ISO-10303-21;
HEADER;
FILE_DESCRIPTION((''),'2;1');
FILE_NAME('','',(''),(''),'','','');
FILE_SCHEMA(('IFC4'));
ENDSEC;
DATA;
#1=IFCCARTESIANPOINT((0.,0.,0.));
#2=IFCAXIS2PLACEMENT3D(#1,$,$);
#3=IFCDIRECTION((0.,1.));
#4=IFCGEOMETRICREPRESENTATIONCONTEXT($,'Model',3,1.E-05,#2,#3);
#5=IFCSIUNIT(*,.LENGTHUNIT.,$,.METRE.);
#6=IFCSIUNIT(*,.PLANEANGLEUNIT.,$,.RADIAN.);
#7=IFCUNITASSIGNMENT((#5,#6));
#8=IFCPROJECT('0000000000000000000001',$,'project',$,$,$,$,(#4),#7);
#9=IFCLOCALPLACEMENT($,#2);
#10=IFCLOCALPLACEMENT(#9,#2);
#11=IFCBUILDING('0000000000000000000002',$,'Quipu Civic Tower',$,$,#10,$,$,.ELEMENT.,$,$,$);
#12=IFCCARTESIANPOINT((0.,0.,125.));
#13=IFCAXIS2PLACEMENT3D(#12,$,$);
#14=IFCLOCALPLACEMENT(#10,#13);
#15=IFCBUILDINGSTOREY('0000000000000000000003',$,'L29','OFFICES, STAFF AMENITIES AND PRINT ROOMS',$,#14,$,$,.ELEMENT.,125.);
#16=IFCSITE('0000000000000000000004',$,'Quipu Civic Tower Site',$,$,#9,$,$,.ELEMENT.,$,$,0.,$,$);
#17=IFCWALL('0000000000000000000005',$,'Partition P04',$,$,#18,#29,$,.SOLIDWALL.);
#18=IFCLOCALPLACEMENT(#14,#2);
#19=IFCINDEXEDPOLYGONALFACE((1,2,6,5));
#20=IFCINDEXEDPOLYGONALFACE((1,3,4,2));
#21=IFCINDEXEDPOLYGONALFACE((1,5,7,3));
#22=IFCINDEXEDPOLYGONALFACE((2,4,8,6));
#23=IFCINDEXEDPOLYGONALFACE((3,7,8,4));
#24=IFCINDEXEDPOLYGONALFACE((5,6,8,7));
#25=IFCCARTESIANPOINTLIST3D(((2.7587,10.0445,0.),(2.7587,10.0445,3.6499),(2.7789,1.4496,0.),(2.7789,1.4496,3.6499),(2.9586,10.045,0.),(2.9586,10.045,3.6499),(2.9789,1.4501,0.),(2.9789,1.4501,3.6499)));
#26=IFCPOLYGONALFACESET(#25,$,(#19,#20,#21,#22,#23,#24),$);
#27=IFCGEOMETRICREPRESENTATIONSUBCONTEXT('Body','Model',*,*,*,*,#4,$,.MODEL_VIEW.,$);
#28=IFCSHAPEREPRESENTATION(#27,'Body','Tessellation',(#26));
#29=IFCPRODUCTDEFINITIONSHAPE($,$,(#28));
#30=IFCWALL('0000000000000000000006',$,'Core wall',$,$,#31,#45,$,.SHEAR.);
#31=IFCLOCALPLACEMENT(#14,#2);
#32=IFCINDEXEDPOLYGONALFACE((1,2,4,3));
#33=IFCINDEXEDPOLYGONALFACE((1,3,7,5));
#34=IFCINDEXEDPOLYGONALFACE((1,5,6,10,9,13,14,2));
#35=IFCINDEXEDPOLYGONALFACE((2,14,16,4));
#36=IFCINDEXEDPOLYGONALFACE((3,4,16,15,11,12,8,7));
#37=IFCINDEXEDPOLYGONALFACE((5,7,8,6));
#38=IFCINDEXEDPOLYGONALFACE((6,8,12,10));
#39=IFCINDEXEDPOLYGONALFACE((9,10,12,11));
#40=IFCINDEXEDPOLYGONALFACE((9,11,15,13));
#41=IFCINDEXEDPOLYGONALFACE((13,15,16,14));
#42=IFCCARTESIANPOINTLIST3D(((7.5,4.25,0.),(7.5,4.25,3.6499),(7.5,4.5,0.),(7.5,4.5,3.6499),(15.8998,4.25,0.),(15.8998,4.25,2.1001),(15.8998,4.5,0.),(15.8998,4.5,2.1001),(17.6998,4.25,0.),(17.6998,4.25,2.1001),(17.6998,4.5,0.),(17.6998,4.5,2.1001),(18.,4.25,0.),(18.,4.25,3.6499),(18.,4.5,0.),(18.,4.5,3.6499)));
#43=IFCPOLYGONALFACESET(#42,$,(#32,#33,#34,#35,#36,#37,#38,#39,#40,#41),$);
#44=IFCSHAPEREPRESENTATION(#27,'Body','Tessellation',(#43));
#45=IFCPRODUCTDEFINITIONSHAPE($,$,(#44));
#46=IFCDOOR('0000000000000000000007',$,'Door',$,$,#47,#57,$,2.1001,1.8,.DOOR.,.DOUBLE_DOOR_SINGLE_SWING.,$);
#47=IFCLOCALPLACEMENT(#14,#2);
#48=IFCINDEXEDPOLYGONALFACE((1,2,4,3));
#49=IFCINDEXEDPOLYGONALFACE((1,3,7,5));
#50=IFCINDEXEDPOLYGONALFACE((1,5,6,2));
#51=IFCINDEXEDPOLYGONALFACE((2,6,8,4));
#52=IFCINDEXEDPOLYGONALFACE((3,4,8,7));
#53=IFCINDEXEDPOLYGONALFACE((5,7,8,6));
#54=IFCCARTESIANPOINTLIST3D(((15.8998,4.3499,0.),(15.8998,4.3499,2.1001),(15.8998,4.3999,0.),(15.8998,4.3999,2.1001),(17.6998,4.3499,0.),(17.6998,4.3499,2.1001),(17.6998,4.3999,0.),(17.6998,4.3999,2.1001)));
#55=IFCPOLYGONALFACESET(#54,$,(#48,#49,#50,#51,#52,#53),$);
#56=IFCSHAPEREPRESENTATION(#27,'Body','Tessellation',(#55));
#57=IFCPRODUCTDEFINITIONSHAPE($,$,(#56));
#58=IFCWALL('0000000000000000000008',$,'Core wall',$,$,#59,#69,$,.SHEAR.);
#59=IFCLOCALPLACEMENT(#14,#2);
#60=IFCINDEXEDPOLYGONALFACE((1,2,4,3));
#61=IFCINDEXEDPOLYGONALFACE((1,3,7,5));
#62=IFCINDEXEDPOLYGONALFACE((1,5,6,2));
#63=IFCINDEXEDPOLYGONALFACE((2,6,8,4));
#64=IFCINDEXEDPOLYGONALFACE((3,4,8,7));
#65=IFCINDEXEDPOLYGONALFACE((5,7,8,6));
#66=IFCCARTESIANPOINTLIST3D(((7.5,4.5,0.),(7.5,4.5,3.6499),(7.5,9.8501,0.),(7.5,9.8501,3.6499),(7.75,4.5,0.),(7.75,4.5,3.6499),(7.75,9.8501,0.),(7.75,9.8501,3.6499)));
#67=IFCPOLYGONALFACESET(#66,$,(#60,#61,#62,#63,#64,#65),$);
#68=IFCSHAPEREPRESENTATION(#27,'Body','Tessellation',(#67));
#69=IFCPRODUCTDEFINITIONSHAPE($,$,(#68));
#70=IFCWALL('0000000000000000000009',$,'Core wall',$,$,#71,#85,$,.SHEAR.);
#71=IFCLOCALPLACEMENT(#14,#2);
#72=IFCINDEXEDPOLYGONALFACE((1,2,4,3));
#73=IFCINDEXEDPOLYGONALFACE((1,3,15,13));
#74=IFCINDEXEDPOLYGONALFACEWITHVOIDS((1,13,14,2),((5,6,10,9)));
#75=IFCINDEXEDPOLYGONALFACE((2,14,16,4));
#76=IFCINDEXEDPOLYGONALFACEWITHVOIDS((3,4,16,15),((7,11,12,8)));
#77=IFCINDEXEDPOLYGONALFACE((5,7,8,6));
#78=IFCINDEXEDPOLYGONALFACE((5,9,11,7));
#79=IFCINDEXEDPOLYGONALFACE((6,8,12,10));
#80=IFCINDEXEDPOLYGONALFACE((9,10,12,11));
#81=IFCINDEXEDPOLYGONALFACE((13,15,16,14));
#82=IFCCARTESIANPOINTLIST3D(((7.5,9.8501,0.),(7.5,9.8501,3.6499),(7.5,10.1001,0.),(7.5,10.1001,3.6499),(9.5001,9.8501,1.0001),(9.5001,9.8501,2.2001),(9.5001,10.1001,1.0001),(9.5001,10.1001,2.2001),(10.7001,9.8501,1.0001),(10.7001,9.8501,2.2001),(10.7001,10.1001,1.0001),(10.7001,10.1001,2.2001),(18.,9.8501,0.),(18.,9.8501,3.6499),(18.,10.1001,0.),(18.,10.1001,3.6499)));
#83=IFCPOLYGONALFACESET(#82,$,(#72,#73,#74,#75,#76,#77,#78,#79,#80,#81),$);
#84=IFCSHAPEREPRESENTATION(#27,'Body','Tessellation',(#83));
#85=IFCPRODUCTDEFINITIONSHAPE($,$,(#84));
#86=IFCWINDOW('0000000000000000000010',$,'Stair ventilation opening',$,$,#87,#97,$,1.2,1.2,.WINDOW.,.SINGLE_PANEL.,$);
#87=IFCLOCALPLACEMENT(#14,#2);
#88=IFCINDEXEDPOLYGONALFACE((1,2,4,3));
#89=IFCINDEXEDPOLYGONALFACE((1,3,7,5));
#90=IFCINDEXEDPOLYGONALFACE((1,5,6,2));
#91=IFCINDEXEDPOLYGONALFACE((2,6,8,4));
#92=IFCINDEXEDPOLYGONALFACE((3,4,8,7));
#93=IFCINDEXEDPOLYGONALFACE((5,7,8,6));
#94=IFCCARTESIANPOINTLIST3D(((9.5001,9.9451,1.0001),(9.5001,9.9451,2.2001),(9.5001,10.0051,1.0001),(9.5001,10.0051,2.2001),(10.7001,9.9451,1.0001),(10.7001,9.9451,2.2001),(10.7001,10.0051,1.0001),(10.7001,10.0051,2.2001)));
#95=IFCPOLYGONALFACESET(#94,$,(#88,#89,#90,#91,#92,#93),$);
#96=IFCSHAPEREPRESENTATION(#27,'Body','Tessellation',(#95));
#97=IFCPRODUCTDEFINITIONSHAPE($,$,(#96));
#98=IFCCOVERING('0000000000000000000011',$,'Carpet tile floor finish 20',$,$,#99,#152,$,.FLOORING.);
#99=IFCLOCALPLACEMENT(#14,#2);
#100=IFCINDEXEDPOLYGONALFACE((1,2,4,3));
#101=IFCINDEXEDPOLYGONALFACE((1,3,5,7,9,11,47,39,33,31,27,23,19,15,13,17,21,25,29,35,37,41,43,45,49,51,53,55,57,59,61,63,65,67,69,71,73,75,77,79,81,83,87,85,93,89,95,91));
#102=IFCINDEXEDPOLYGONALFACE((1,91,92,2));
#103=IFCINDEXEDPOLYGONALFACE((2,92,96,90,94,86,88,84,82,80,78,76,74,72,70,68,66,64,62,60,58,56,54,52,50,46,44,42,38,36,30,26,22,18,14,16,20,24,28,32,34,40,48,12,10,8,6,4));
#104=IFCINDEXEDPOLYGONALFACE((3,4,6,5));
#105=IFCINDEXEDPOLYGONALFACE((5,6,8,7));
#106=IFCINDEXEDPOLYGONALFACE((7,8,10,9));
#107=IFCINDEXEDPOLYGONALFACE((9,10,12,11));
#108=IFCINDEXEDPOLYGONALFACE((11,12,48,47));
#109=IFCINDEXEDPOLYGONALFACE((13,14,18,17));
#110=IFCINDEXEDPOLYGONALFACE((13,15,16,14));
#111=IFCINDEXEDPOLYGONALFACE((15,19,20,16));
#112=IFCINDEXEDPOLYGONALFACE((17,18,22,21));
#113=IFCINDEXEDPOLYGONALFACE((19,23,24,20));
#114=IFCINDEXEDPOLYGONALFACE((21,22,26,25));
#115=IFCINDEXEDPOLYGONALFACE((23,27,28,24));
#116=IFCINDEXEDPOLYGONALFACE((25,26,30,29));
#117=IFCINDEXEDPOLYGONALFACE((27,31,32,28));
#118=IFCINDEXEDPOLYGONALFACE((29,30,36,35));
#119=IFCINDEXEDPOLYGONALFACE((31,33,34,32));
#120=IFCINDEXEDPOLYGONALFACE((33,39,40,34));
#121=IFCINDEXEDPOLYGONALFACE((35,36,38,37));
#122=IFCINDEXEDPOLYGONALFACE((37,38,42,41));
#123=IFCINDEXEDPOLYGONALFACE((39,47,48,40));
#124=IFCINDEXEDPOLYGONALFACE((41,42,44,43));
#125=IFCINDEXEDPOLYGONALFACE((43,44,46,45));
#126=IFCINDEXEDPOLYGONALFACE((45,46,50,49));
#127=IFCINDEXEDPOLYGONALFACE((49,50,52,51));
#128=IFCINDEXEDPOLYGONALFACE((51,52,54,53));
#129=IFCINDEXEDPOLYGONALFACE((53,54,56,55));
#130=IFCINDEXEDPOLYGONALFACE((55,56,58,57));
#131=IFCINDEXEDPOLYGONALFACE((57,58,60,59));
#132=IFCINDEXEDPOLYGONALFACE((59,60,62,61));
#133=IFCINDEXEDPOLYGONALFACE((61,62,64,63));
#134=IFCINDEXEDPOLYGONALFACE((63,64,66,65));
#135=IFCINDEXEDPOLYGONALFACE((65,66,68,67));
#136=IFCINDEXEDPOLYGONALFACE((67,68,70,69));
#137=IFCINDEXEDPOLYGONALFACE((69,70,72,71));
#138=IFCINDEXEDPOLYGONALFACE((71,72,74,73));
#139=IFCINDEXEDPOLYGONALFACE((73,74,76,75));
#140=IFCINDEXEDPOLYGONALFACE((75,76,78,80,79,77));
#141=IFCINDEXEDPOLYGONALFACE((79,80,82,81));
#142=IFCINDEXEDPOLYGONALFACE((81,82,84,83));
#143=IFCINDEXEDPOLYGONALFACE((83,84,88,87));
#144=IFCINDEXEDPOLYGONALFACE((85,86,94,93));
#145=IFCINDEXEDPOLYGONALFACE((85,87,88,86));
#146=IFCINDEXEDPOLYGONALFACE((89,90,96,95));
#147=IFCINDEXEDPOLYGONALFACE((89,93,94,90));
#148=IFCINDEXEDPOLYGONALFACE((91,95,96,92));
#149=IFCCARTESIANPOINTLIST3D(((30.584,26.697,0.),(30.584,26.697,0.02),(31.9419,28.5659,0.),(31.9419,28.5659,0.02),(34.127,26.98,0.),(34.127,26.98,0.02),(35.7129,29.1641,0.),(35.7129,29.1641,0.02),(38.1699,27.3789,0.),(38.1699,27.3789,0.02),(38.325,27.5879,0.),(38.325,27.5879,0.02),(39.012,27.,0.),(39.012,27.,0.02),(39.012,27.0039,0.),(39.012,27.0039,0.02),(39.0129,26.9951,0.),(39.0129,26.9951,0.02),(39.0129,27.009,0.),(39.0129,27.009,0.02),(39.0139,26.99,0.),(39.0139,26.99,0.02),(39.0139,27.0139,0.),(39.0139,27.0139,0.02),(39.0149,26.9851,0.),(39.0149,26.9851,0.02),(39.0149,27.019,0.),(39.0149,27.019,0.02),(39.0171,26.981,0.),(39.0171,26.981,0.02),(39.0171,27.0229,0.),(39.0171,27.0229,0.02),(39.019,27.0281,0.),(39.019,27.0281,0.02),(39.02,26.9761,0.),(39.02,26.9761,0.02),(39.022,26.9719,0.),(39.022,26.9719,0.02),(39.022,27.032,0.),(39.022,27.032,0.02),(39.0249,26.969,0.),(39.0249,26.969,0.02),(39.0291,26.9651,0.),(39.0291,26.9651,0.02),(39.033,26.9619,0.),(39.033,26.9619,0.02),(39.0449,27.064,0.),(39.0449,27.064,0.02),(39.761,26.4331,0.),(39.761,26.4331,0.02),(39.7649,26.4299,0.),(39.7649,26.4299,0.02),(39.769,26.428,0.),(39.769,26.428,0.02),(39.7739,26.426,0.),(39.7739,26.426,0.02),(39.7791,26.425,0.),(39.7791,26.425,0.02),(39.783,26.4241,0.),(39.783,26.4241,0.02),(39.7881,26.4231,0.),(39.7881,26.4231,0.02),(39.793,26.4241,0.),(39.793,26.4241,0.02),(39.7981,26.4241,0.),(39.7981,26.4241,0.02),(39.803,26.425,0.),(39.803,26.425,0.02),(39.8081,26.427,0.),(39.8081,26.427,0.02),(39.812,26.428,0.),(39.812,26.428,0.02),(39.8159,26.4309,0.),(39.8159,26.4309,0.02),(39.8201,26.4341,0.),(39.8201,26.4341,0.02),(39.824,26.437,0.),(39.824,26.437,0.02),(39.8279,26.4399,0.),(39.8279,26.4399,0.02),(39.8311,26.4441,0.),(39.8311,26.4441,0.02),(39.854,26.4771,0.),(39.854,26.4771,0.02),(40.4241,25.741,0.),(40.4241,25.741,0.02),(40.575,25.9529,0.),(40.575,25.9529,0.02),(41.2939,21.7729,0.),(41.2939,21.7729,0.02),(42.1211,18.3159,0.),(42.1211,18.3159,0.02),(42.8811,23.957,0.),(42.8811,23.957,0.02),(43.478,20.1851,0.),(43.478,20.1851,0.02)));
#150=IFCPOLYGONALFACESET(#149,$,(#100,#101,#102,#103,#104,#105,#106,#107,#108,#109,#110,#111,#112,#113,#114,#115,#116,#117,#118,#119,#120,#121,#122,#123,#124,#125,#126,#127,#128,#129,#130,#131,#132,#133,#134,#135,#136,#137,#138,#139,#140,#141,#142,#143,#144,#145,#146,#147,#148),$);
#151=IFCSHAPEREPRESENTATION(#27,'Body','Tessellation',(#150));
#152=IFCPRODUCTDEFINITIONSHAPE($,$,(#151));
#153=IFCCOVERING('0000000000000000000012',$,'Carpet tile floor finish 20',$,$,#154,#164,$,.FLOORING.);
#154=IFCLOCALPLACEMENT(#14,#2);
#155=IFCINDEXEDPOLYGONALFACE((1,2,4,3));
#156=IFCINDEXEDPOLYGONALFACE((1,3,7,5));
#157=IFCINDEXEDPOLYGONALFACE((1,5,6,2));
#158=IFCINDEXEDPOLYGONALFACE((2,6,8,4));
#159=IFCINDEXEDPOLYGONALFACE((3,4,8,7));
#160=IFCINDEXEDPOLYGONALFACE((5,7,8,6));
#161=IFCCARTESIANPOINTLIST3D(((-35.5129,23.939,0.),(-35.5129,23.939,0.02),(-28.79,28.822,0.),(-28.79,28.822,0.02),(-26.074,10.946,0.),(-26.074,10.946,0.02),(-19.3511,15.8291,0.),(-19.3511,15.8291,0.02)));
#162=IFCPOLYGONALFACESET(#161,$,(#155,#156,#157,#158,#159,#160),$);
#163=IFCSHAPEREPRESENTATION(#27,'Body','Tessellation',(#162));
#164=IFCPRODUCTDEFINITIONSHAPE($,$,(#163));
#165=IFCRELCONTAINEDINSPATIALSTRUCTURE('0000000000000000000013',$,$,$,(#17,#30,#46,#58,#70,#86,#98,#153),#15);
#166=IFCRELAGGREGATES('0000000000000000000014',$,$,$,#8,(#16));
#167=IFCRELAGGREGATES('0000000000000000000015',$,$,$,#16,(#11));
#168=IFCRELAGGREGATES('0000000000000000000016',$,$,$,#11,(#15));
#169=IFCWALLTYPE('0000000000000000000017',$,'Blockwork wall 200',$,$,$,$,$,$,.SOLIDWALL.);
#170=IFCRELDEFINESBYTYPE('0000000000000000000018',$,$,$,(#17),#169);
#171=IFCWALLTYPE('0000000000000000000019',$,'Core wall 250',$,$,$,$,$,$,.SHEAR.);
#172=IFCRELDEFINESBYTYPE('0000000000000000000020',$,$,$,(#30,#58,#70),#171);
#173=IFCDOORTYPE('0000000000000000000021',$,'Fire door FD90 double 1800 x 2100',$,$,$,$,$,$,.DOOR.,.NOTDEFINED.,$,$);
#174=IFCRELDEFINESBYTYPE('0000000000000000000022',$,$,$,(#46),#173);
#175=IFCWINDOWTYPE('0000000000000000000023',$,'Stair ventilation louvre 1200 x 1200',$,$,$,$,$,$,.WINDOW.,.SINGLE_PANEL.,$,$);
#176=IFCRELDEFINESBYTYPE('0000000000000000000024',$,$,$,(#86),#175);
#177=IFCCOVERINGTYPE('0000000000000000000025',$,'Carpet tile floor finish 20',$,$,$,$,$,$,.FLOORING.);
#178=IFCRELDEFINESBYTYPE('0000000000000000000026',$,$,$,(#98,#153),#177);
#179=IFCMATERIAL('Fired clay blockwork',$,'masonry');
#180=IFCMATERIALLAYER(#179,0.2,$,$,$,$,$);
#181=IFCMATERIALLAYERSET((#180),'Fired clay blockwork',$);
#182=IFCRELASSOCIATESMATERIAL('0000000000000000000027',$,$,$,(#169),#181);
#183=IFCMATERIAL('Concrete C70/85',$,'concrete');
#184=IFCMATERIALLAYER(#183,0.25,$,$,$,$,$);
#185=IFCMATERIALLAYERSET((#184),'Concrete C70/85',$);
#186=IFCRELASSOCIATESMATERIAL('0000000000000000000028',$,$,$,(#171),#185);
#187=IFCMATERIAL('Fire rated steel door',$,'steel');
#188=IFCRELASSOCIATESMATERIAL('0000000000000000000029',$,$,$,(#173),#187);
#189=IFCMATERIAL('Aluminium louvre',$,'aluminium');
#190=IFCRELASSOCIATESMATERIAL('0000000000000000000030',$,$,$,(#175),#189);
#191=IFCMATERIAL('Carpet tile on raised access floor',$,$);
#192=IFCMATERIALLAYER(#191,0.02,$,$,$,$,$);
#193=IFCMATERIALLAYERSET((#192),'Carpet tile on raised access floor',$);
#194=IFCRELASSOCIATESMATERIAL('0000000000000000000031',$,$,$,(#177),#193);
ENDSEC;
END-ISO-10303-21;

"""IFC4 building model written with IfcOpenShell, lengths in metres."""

from ifc_helpers import new_model, si_unit, direction, frame, frame_2d, origin, place, context, subcontext, project, spatial, polyline, rectangle, outline, extrude, material, layer, layer_set, type_object, element, fill, save


model = new_model("IFC4")

# Units and contexts
model_context = context("Model", 3, precision=1e-05, world=origin(), true_north=direction((0.0, 1.0)))
body_context = subcontext(model_context, "Body", "Model", "MODEL_VIEW")
ifc_project = project(units=[si_unit("LENGTHUNIT", "METRE"), si_unit("PLANEANGLEUNIT", "RADIAN")], contexts=[model_context])

# Site, building, storey
site_placement = place(None, origin())
site = spatial("IfcSite", under=ifc_project, at=site_placement, Name="Quipu Civic Tower Site", CompositionType="ELEMENT", RefElevation=0.0)
building_placement = place(site_placement, origin())
building = spatial("IfcBuilding", under=site, at=building_placement, Name="Quipu Civic Tower", CompositionType="ELEMENT")
storey_placement = place(building_placement, frame((0.0, 0.0, 125.0)))
storey = spatial("IfcBuildingStorey", under=building, at=storey_placement, Name="L29", Description="OFFICES, STAFF AMENITIES AND PRINT ROOMS", CompositionType="ELEMENT", Elevation=125.0)

# Wall
ifc_material_1 = material(Name="Fired clay blockwork", Category="masonry")
ifc_layer_1 = layer(ifc_material_1, 0.2)
ifc_layer_set_1 = layer_set([ifc_layer_1], Name="Fired clay blockwork")
wall_type_1 = type_object("IfcWallType", Name="Blockwork wall 200", PredefinedType="SOLIDWALL", material=ifc_layer_set_1)
wall_1_placement = place(storey_placement, frame((2.8789, 1.45, 0.0), z_axis=(0.0, 0.0, 1.0), x_axis=(-0.002358, 0.999997, 0.0)))
element("IfcWall", 1, at=wall_1_placement, inside=storey, type_object=wall_type_1, Name="Partition P04", PredefinedType="SOLIDWALL", context=body_context, shape_type="SweptSolid", body=[
    extrude(rectangle(XDim=8.595, YDim=0.2, at=frame_2d((4.2974, 0.0))), origin(), (0.0, 0.0, 1.0), 3.6499),
])

# Wall, opening, door
ifc_material_2 = material(Name="Concrete C70/85", Category="concrete")
ifc_layer_2 = layer(ifc_material_2, 0.25)
ifc_layer_set_2 = layer_set([ifc_layer_2], Name="Concrete C70/85")
wall_type_2 = type_object("IfcWallType", Name="Core wall 250", PredefinedType="SHEAR", material=ifc_layer_set_2)
wall_2_placement = place(storey_placement, frame((7.5, 4.375, 0.0), z_axis=(0.0, 0.0, 1.0), x_axis=(1.0, 0.0, 0.0)))
wall_2 = element("IfcWall", 2, at=wall_2_placement, inside=storey, type_object=wall_type_2, Name="Core wall", PredefinedType="SHEAR", context=body_context, shape_type="SweptSolid", body=[
    extrude(rectangle(XDim=10.5, YDim=0.25, at=frame_2d((5.25, 0.0))), origin(), (0.0, 0.0, 1.0), 3.6499),
])
opening_1_placement = place(wall_2_placement, frame((8.3999, 0.0, 0.0)))
opening_1 = element("IfcOpeningElement", 3, at=opening_1_placement, cuts=wall_2, PredefinedType="OPENING", context=body_context, shape_type="SweptSolid", body=[
    extrude(rectangle(XDim=1.8, YDim=2.1001, at=frame_2d((0.8999, 1.05))), frame((0.0, 0.135, 0.0), z_axis=(0.0, -1.0, 0.0), x_axis=(1.0, 0.0, 0.0)), (0.0, 0.0, 1.0), 0.27),
])
ifc_material_3 = material(Name="Fire rated steel door", Category="steel")
door_type = type_object("IfcDoorType", Name="Fire door FD90 double 1800 x 2100", OperationType="NOTDEFINED", PredefinedType="DOOR", material=ifc_material_3)
door_placement = place(opening_1_placement, origin())
door = element("IfcDoor", 4, at=door_placement, inside=storey, type_object=door_type, Name="Door", OperationType="DOUBLE_DOOR_SINGLE_SWING", OverallHeight=2.1001, OverallWidth=1.8, PredefinedType="DOOR", context=body_context, shape_type="SweptSolid", body=[
    extrude(rectangle(XDim=1.8, YDim=2.1001, at=frame_2d((0.8999, 1.05))), frame((0.0, 0.0249, 0.0), z_axis=(0.0, -1.0, 0.0), x_axis=(1.0, 0.0, 0.0)), (0.0, 0.0, 1.0), 0.05),
])
fill(opening_1, door)

# Wall
wall_3_placement = place(storey_placement, frame((7.625, 4.5, 0.0), z_axis=(0.0, 0.0, 1.0), x_axis=(0.0, 1.0, 0.0)))
element("IfcWall", 5, at=wall_3_placement, inside=storey, type_object=wall_type_2, Name="Core wall", PredefinedType="SHEAR", context=body_context, shape_type="SweptSolid", body=[
    extrude(rectangle(XDim=5.3501, YDim=0.25, at=frame_2d((2.675, 0.0))), origin(), (0.0, 0.0, 1.0), 3.6499),
])

# Wall, opening, window
wall_4_placement = place(storey_placement, frame((7.5, 9.9751, 0.0), z_axis=(0.0, 0.0, 1.0), x_axis=(1.0, 0.0, 0.0)))
wall_4 = element("IfcWall", 6, at=wall_4_placement, inside=storey, type_object=wall_type_2, Name="Core wall", PredefinedType="SHEAR", context=body_context, shape_type="SweptSolid", body=[
    extrude(rectangle(XDim=10.5, YDim=0.25, at=frame_2d((5.25, 0.0))), origin(), (0.0, 0.0, 1.0), 3.6499),
])
opening_2_placement = place(wall_4_placement, frame((2.0, 0.0, 1.0)))
opening_2 = element("IfcOpeningElement", 7, at=opening_2_placement, cuts=wall_4, PredefinedType="OPENING", context=body_context, shape_type="SweptSolid", body=[
    extrude(rectangle(XDim=1.2, YDim=1.2, at=frame_2d((0.6001, 0.6001))), frame((0.0, 0.135, 0.0), z_axis=(0.0, -1.0, 0.0), x_axis=(1.0, 0.0, 0.0)), (0.0, 0.0, 1.0), 0.27),
])
ifc_material_4 = material(Name="Aluminium louvre", Category="aluminium")
window_type = type_object("IfcWindowType", Name="Stair ventilation louvre 1200 x 1200", PartitioningType="SINGLE_PANEL", PredefinedType="WINDOW", material=ifc_material_4)
window_placement = place(opening_2_placement, origin())
window = element("IfcWindow", 8, at=window_placement, inside=storey, type_object=window_type, Name="Stair ventilation opening", OverallHeight=1.2, OverallWidth=1.2, PartitioningType="SINGLE_PANEL", PredefinedType="WINDOW", context=body_context, shape_type="SweptSolid", body=[
    extrude(rectangle(XDim=1.2, YDim=1.2, at=frame_2d((0.6001, 0.6001))), frame((0.0, 0.03, 0.0), z_axis=(0.0, -1.0, 0.0), x_axis=(1.0, 0.0, 0.0)), (0.0, 0.0, 1.0), 0.0601),
])
fill(opening_2, window)

# Coverings
ifc_material_5 = material(Name="Carpet tile on raised access floor")
ifc_layer_3 = layer(ifc_material_5, 0.02)
ifc_layer_set_3 = layer_set([ifc_layer_3], Name="Carpet tile on raised access floor")
covering_type_1 = type_object("IfcCoveringType", Name="Carpet tile floor finish 20", PredefinedType="FLOORING", material=ifc_layer_set_3)
covering_1_placement = place(storey_placement, origin())
element("IfcCovering", 9, at=covering_1_placement, inside=storey, type_object=covering_type_1, Name="Carpet tile floor finish 20", PredefinedType="FLOORING", context=body_context, shape_type="SweptSolid", body=[
    extrude(outline(polyline([(30.584, 26.697), (31.9419, 28.5659), (34.127, 26.98), (35.7129, 29.1641), (38.1699, 27.3789), (38.325, 27.5879), (39.0449, 27.064), (39.022, 27.032), (39.019, 27.0281), (39.0171, 27.0229), (39.0149, 27.019), (39.0139, 27.0139), (39.0129, 27.009), (39.012, 27.0039), (39.012, 27.0), (39.0129, 26.9951), (39.0139, 26.99), (39.0149, 26.9851), (39.0171, 26.981), (39.02, 26.9761), (39.022, 26.9719), (39.0249, 26.969), (39.0291, 26.9651), (39.033, 26.9619), (39.761, 26.4331), (39.7649, 26.4299), (39.769, 26.428), (39.7739, 26.426), (39.7791, 26.425), (39.783, 26.4241), (39.7881, 26.4231), (39.793, 26.4241), (39.7981, 26.4241), (39.803, 26.425), (39.8081, 26.427), (39.812, 26.428), (39.8159, 26.4309), (39.8201, 26.4341), (39.824, 26.437), (39.8279, 26.4399), (39.8311, 26.4441), (39.854, 26.4771), (40.575, 25.9529), (40.4241, 25.741), (42.8811, 23.957), (41.2939, 21.7729), (43.478, 20.1851), (42.1211, 18.3159), (30.584, 26.697)])), origin(), (0.0, 0.0, 1.0), 0.02),
])
covering_2_placement = place(storey_placement, origin())
element("IfcCovering", 10, at=covering_2_placement, inside=storey, type_object=covering_type_1, Name="Carpet tile floor finish 20", PredefinedType="FLOORING", context=body_context, shape_type="SweptSolid", body=[
    extrude(outline(polyline([(-35.5129, 23.939), (-28.79, 28.822), (-19.3511, 15.8291), (-26.074, 10.946), (-35.5129, 23.939)])), origin(), (0.0, 0.0, 1.0), 0.02),
])

save(model, "model.ifc")
